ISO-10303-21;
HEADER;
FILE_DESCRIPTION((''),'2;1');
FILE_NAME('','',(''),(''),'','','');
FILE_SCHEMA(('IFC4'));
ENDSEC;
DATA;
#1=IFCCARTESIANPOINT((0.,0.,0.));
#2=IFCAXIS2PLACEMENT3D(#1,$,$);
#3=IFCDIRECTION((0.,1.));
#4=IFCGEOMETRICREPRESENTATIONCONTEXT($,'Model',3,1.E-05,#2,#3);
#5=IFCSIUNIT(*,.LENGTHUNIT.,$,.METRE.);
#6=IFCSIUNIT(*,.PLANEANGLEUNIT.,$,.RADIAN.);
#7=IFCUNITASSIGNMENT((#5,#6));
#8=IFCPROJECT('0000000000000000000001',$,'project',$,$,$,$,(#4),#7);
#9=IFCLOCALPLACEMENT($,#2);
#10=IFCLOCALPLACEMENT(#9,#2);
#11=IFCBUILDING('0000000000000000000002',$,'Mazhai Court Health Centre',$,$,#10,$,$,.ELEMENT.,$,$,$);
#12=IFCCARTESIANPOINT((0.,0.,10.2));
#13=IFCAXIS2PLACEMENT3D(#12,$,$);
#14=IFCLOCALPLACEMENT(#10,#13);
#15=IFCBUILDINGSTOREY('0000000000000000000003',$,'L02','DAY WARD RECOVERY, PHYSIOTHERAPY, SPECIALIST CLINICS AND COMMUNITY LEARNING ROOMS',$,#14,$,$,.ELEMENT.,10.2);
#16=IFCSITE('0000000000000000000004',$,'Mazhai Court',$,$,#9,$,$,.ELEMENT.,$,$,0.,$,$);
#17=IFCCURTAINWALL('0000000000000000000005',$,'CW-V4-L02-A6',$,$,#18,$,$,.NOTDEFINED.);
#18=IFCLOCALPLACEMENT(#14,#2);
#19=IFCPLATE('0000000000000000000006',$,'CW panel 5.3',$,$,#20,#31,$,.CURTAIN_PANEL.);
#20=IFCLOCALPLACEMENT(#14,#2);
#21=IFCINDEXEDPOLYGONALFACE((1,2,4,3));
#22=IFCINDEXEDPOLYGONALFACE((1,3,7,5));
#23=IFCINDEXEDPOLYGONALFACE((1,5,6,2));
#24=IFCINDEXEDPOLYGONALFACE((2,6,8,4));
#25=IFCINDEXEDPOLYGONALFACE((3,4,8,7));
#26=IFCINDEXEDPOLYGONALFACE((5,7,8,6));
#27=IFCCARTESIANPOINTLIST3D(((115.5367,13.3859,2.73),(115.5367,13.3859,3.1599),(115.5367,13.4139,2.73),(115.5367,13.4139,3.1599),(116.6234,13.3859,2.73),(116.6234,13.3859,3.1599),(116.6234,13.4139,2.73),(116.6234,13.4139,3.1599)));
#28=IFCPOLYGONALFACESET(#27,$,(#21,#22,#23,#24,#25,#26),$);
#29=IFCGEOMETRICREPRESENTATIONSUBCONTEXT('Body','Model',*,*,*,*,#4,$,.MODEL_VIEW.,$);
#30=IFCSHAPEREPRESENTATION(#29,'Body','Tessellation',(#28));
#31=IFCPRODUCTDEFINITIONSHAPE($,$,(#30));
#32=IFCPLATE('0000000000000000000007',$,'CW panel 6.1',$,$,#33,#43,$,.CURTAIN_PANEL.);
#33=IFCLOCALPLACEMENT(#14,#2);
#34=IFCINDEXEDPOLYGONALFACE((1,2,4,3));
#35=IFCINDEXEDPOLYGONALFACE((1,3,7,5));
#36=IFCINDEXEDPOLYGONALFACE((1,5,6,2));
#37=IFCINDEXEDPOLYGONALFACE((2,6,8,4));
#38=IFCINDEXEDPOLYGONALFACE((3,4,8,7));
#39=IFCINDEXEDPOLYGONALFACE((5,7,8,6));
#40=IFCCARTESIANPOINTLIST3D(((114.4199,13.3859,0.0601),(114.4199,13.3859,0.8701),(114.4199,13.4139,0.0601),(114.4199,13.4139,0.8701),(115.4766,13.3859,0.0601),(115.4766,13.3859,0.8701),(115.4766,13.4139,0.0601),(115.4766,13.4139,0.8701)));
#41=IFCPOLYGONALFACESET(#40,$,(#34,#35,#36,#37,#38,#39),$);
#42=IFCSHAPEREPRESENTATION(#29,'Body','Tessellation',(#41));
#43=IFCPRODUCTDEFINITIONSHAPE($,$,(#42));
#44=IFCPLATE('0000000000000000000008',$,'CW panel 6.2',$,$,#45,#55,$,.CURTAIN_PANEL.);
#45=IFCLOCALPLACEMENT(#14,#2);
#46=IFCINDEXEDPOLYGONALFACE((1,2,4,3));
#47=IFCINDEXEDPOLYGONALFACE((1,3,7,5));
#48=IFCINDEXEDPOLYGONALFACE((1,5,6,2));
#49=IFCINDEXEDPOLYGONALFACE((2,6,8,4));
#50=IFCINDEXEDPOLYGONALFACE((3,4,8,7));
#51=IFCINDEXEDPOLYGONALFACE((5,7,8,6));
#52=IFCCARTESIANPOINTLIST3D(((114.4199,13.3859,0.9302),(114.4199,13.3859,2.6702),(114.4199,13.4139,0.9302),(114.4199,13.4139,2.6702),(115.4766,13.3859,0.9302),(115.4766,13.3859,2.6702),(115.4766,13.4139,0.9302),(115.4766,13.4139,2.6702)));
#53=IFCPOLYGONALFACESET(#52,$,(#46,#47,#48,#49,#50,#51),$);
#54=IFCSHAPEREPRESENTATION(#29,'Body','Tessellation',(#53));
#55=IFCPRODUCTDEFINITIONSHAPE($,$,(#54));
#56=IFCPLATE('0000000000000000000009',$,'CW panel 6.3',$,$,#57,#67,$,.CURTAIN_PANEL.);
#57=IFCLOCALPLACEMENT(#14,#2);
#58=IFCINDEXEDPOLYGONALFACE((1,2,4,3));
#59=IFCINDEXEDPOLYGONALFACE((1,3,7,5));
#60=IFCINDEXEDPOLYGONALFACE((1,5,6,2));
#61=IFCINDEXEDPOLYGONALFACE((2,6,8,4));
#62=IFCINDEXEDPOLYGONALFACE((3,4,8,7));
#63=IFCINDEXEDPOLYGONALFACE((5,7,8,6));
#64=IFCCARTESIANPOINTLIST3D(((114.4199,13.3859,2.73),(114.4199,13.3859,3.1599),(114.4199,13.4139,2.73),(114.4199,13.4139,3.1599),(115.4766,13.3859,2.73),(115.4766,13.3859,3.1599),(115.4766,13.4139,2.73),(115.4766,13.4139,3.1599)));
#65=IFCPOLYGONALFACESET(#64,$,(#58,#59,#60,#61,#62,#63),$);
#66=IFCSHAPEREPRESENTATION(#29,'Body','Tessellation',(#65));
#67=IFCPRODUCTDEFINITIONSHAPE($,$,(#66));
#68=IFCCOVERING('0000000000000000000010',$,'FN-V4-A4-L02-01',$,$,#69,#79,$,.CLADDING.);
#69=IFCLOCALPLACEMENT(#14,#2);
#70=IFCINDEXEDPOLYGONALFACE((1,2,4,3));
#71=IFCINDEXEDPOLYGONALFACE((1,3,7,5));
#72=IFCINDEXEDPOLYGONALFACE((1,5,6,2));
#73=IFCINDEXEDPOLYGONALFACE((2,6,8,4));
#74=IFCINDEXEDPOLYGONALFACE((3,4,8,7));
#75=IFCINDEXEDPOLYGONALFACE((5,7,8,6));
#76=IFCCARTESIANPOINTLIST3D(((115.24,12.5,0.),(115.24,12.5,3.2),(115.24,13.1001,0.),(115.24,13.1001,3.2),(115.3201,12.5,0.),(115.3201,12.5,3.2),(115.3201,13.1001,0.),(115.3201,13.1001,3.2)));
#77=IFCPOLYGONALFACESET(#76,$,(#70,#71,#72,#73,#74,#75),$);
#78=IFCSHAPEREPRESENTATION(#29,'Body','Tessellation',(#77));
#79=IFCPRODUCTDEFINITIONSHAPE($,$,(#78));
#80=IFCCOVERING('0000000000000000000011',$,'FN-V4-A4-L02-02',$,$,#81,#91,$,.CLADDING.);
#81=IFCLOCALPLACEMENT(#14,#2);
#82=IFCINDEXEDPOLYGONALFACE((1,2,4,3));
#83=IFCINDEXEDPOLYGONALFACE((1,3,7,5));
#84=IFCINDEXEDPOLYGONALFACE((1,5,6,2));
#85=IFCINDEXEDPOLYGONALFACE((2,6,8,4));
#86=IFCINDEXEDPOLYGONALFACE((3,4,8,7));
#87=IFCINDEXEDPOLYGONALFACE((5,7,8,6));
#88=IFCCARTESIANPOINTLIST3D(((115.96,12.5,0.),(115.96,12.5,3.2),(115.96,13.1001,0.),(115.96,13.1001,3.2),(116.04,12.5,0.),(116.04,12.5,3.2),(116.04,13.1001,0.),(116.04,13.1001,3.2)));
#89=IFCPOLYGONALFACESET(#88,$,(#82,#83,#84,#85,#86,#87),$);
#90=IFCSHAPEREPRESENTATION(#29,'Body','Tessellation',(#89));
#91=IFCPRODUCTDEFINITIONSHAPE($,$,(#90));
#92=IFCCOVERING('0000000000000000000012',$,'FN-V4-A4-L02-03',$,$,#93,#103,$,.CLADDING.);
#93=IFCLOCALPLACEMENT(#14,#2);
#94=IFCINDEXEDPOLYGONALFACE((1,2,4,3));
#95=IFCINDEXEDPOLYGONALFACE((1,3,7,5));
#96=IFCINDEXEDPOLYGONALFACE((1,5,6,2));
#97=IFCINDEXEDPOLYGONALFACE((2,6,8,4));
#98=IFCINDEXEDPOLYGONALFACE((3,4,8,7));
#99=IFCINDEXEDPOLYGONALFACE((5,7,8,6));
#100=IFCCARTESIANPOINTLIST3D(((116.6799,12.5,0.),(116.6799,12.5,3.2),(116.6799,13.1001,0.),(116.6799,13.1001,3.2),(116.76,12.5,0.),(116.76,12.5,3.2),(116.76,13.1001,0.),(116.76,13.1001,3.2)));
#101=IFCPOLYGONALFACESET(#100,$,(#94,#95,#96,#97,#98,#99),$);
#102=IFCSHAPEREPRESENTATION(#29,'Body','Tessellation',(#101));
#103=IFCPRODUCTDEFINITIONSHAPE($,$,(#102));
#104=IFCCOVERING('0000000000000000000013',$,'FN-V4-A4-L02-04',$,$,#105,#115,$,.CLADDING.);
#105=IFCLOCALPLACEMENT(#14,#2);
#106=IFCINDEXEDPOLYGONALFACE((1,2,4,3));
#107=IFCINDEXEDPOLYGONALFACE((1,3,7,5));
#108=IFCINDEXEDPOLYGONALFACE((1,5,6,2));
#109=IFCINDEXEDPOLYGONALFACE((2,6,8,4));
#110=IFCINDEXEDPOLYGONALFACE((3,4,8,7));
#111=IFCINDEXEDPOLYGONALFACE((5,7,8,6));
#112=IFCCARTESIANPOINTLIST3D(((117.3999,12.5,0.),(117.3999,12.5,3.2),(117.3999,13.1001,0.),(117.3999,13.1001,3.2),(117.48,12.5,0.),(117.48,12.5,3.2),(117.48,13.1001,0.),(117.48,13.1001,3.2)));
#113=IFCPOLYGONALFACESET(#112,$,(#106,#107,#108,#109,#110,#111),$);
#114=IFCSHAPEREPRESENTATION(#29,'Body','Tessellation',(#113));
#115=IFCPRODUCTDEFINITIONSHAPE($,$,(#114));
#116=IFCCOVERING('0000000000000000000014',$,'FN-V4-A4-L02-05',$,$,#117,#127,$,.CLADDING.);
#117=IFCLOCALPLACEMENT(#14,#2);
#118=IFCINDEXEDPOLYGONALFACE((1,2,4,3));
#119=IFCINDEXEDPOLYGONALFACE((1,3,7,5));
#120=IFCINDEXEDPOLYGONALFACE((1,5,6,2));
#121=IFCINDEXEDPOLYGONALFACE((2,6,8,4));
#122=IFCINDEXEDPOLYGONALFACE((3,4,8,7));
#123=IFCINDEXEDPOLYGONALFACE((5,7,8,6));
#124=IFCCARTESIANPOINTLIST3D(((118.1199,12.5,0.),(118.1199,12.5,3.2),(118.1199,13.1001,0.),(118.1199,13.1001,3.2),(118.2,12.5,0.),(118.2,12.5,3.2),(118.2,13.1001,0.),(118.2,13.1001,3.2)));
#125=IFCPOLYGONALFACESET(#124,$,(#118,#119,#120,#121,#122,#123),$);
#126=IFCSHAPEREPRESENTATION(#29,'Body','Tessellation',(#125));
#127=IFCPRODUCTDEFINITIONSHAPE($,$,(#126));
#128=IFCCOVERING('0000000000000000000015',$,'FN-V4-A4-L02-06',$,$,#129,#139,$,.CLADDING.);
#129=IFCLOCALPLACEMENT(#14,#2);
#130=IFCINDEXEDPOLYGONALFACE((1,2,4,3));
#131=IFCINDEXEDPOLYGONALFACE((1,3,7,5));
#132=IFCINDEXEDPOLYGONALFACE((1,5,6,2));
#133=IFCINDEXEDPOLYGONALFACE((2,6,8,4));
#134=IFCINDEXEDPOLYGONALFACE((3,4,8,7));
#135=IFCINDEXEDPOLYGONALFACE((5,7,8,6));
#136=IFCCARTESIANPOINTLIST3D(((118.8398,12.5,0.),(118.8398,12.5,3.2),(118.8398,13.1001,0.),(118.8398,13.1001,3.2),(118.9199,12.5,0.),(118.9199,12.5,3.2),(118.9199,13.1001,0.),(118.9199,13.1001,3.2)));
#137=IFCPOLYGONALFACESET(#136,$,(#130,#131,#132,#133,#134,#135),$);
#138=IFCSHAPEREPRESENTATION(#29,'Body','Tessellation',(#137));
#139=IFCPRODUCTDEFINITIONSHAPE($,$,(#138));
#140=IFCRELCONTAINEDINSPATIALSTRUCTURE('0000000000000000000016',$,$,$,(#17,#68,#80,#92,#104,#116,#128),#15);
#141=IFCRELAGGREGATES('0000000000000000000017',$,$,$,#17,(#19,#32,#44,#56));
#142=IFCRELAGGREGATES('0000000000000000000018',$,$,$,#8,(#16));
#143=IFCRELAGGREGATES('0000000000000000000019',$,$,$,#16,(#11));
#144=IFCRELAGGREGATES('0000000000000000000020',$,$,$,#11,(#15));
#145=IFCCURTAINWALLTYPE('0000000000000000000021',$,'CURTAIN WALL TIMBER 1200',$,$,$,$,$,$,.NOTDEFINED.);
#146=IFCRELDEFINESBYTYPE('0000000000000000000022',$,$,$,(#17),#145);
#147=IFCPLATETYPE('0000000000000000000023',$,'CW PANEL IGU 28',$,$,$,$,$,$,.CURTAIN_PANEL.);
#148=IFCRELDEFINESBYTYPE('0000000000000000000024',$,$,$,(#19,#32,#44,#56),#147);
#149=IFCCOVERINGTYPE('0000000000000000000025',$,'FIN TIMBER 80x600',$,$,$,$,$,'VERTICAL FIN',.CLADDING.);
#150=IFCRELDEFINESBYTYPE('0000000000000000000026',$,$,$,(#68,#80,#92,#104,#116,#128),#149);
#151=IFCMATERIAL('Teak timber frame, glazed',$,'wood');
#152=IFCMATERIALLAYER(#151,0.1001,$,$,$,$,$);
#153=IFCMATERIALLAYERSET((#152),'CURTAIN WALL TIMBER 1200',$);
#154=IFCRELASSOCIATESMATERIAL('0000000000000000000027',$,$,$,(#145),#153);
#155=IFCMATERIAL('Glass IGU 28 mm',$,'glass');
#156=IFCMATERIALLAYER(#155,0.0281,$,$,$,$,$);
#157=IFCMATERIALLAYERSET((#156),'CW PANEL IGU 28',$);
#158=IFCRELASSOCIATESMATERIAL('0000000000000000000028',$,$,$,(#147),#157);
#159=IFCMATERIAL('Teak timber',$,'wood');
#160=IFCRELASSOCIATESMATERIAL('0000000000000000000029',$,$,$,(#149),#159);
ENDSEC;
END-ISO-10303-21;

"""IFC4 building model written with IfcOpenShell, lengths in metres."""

from ifc_helpers import new_model, si_unit, direction, frame, origin, origin_2d, place, context, subcontext, project, spatial, rectangle, extrude, material, layer, layer_set, type_object, element, aggregate, save


model = new_model("IFC4")

# Units and contexts
model_context = context("Model", 3, precision=1e-05, world=origin(), true_north=direction((0.0, 1.0)))
body_context = subcontext(model_context, "Body", "Model", "MODEL_VIEW")
ifc_project = project(units=[si_unit("LENGTHUNIT", "METRE"), si_unit("PLANEANGLEUNIT", "RADIAN")], contexts=[model_context])

# Site, building, storey
site_placement = place(None, origin())
site = spatial("IfcSite", under=ifc_project, at=site_placement, Name="Mazhai Court", CompositionType="ELEMENT", RefElevation=0.0)
building_placement = place(site_placement, origin())
building = spatial("IfcBuilding", under=site, at=building_placement, Name="Mazhai Court Health Centre", CompositionType="ELEMENT")
storey_placement = place(building_placement, frame((0.0, 0.0, 10.2)))
storey = spatial("IfcBuildingStorey", under=building, at=storey_placement, Name="L02", Description="DAY WARD RECOVERY, PHYSIOTHERAPY, SPECIALIST CLINICS AND COMMUNITY LEARNING ROOMS", CompositionType="ELEMENT", Elevation=10.2)

# Curtain wall, plates
ifc_material_1 = material(Name="Teak timber frame, glazed", Category="wood")
ifc_layer_1 = layer(ifc_material_1, 0.1001)
ifc_layer_set_1 = layer_set([ifc_layer_1], Name="CURTAIN WALL TIMBER 1200")
curtain_wall_type = type_object("IfcCurtainWallType", Name="CURTAIN WALL TIMBER 1200", PredefinedType="NOTDEFINED", material=ifc_layer_set_1)
curtain_wall_placement = place(storey_placement, origin())
curtain_wall = element("IfcCurtainWall", 1, at=curtain_wall_placement, inside=storey, type_object=curtain_wall_type, Name="CW-V4-L02-A6", PredefinedType="NOTDEFINED")
ifc_material_2 = material(Name="Glass IGU 28 mm", Category="glass")
ifc_layer_2 = layer(ifc_material_2, 0.0281)
ifc_layer_set_2 = layer_set([ifc_layer_2], Name="CW PANEL IGU 28")
plate_type = type_object("IfcPlateType", Name="CW PANEL IGU 28", PredefinedType="CURTAIN_PANEL", material=ifc_layer_set_2)
plate_1_placement = place(storey_placement, frame((116.0801, 13.3999, 2.73), z_axis=(0.0, 0.0, 1.0), x_axis=(-1.0, 0.0, 0.0)))
plate_1 = element("IfcPlate", 2, at=plate_1_placement, type_object=plate_type, Name="CW panel 5.3", PredefinedType="CURTAIN_PANEL", context=body_context, shape_type="SweptSolid", body=[
    extrude(rectangle(XDim=1.0867, YDim=0.0281, at=origin_2d()), origin(), (0.0, 0.0, 1.0), 0.4299),
])
plate_2_placement = place(storey_placement, frame((114.9482, 13.3999, 0.0601), z_axis=(0.0, 0.0, 1.0), x_axis=(-1.0, 0.0, 0.0)))
plate_2 = element("IfcPlate", 3, at=plate_2_placement, type_object=plate_type, Name="CW panel 6.1", PredefinedType="CURTAIN_PANEL", context=body_context, shape_type="SweptSolid", body=[
    extrude(rectangle(XDim=1.0566, YDim=0.0281, at=origin_2d()), origin(), (0.0, 0.0, 1.0), 0.8101),
])
plate_3_placement = place(storey_placement, frame((114.9482, 13.3999, 0.9302), z_axis=(0.0, 0.0, 1.0), x_axis=(-1.0, 0.0, 0.0)))
plate_3 = element("IfcPlate", 4, at=plate_3_placement, type_object=plate_type, Name="CW panel 6.2", PredefinedType="CURTAIN_PANEL", context=body_context, shape_type="SweptSolid", body=[
    extrude(rectangle(XDim=1.0566, YDim=0.0281, at=origin_2d()), origin(), (0.0, 0.0, 1.0), 1.74),
])
plate_4_placement = place(storey_placement, frame((114.9482, 13.3999, 2.73), z_axis=(0.0, 0.0, 1.0), x_axis=(-1.0, 0.0, 0.0)))
plate_4 = element("IfcPlate", 5, at=plate_4_placement, type_object=plate_type, Name="CW panel 6.3", PredefinedType="CURTAIN_PANEL", context=body_context, shape_type="SweptSolid", body=[
    extrude(rectangle(XDim=1.0566, YDim=0.0281, at=origin_2d()), origin(), (0.0, 0.0, 1.0), 0.4299),
])
aggregate(curtain_wall, [plate_1, plate_2, plate_3, plate_4])

# Coverings
ifc_material_3 = material(Name="Teak timber", Category="wood")
covering_type = type_object("IfcCoveringType", Name="FIN TIMBER 80x600", ElementType="VERTICAL FIN", PredefinedType="CLADDING", material=ifc_material_3)
for number, where, z_axis, x_axis, name in (
    (6, (115.28, 12.8, 0.0), (0.0, 0.0, 1.0), (1.0, 0.0, 0.0), "FN-V4-A4-L02-01"),
    (7, (116.0, 12.8, 0.0), (0.0, 0.0, 1.0), (1.0, 0.0, 0.0), "FN-V4-A4-L02-02"),
    (8, (116.72, 12.8, 0.0), (0.0, 0.0, 1.0), (1.0, 0.0, 0.0), "FN-V4-A4-L02-03"),
    (9, (117.4399, 12.8, 0.0), (0.0, 0.0, 1.0), (1.0, 0.0, 0.0), "FN-V4-A4-L02-04"),
    (10, (118.1599, 12.8, 0.0), (0.0, 0.0, 1.0), (1.0, 0.0, 0.0), "FN-V4-A4-L02-05"),
    (11, (118.8799, 12.8, 0.0), (0.0, 0.0, 1.0), (1.0, 0.0, 0.0), "FN-V4-A4-L02-06"),
):
    element("IfcCovering", number, at=place(storey_placement, frame(where, z_axis=z_axis, x_axis=x_axis)), inside=storey, type_object=covering_type, Name=name, PredefinedType="CLADDING", context=body_context, shape_type="SweptSolid", body=[
        extrude(rectangle(XDim=0.0801, YDim=0.6001, at=origin_2d()), origin(), (0.0, 0.0, 1.0), 3.2),
    ])

save(model, "model.ifc")
